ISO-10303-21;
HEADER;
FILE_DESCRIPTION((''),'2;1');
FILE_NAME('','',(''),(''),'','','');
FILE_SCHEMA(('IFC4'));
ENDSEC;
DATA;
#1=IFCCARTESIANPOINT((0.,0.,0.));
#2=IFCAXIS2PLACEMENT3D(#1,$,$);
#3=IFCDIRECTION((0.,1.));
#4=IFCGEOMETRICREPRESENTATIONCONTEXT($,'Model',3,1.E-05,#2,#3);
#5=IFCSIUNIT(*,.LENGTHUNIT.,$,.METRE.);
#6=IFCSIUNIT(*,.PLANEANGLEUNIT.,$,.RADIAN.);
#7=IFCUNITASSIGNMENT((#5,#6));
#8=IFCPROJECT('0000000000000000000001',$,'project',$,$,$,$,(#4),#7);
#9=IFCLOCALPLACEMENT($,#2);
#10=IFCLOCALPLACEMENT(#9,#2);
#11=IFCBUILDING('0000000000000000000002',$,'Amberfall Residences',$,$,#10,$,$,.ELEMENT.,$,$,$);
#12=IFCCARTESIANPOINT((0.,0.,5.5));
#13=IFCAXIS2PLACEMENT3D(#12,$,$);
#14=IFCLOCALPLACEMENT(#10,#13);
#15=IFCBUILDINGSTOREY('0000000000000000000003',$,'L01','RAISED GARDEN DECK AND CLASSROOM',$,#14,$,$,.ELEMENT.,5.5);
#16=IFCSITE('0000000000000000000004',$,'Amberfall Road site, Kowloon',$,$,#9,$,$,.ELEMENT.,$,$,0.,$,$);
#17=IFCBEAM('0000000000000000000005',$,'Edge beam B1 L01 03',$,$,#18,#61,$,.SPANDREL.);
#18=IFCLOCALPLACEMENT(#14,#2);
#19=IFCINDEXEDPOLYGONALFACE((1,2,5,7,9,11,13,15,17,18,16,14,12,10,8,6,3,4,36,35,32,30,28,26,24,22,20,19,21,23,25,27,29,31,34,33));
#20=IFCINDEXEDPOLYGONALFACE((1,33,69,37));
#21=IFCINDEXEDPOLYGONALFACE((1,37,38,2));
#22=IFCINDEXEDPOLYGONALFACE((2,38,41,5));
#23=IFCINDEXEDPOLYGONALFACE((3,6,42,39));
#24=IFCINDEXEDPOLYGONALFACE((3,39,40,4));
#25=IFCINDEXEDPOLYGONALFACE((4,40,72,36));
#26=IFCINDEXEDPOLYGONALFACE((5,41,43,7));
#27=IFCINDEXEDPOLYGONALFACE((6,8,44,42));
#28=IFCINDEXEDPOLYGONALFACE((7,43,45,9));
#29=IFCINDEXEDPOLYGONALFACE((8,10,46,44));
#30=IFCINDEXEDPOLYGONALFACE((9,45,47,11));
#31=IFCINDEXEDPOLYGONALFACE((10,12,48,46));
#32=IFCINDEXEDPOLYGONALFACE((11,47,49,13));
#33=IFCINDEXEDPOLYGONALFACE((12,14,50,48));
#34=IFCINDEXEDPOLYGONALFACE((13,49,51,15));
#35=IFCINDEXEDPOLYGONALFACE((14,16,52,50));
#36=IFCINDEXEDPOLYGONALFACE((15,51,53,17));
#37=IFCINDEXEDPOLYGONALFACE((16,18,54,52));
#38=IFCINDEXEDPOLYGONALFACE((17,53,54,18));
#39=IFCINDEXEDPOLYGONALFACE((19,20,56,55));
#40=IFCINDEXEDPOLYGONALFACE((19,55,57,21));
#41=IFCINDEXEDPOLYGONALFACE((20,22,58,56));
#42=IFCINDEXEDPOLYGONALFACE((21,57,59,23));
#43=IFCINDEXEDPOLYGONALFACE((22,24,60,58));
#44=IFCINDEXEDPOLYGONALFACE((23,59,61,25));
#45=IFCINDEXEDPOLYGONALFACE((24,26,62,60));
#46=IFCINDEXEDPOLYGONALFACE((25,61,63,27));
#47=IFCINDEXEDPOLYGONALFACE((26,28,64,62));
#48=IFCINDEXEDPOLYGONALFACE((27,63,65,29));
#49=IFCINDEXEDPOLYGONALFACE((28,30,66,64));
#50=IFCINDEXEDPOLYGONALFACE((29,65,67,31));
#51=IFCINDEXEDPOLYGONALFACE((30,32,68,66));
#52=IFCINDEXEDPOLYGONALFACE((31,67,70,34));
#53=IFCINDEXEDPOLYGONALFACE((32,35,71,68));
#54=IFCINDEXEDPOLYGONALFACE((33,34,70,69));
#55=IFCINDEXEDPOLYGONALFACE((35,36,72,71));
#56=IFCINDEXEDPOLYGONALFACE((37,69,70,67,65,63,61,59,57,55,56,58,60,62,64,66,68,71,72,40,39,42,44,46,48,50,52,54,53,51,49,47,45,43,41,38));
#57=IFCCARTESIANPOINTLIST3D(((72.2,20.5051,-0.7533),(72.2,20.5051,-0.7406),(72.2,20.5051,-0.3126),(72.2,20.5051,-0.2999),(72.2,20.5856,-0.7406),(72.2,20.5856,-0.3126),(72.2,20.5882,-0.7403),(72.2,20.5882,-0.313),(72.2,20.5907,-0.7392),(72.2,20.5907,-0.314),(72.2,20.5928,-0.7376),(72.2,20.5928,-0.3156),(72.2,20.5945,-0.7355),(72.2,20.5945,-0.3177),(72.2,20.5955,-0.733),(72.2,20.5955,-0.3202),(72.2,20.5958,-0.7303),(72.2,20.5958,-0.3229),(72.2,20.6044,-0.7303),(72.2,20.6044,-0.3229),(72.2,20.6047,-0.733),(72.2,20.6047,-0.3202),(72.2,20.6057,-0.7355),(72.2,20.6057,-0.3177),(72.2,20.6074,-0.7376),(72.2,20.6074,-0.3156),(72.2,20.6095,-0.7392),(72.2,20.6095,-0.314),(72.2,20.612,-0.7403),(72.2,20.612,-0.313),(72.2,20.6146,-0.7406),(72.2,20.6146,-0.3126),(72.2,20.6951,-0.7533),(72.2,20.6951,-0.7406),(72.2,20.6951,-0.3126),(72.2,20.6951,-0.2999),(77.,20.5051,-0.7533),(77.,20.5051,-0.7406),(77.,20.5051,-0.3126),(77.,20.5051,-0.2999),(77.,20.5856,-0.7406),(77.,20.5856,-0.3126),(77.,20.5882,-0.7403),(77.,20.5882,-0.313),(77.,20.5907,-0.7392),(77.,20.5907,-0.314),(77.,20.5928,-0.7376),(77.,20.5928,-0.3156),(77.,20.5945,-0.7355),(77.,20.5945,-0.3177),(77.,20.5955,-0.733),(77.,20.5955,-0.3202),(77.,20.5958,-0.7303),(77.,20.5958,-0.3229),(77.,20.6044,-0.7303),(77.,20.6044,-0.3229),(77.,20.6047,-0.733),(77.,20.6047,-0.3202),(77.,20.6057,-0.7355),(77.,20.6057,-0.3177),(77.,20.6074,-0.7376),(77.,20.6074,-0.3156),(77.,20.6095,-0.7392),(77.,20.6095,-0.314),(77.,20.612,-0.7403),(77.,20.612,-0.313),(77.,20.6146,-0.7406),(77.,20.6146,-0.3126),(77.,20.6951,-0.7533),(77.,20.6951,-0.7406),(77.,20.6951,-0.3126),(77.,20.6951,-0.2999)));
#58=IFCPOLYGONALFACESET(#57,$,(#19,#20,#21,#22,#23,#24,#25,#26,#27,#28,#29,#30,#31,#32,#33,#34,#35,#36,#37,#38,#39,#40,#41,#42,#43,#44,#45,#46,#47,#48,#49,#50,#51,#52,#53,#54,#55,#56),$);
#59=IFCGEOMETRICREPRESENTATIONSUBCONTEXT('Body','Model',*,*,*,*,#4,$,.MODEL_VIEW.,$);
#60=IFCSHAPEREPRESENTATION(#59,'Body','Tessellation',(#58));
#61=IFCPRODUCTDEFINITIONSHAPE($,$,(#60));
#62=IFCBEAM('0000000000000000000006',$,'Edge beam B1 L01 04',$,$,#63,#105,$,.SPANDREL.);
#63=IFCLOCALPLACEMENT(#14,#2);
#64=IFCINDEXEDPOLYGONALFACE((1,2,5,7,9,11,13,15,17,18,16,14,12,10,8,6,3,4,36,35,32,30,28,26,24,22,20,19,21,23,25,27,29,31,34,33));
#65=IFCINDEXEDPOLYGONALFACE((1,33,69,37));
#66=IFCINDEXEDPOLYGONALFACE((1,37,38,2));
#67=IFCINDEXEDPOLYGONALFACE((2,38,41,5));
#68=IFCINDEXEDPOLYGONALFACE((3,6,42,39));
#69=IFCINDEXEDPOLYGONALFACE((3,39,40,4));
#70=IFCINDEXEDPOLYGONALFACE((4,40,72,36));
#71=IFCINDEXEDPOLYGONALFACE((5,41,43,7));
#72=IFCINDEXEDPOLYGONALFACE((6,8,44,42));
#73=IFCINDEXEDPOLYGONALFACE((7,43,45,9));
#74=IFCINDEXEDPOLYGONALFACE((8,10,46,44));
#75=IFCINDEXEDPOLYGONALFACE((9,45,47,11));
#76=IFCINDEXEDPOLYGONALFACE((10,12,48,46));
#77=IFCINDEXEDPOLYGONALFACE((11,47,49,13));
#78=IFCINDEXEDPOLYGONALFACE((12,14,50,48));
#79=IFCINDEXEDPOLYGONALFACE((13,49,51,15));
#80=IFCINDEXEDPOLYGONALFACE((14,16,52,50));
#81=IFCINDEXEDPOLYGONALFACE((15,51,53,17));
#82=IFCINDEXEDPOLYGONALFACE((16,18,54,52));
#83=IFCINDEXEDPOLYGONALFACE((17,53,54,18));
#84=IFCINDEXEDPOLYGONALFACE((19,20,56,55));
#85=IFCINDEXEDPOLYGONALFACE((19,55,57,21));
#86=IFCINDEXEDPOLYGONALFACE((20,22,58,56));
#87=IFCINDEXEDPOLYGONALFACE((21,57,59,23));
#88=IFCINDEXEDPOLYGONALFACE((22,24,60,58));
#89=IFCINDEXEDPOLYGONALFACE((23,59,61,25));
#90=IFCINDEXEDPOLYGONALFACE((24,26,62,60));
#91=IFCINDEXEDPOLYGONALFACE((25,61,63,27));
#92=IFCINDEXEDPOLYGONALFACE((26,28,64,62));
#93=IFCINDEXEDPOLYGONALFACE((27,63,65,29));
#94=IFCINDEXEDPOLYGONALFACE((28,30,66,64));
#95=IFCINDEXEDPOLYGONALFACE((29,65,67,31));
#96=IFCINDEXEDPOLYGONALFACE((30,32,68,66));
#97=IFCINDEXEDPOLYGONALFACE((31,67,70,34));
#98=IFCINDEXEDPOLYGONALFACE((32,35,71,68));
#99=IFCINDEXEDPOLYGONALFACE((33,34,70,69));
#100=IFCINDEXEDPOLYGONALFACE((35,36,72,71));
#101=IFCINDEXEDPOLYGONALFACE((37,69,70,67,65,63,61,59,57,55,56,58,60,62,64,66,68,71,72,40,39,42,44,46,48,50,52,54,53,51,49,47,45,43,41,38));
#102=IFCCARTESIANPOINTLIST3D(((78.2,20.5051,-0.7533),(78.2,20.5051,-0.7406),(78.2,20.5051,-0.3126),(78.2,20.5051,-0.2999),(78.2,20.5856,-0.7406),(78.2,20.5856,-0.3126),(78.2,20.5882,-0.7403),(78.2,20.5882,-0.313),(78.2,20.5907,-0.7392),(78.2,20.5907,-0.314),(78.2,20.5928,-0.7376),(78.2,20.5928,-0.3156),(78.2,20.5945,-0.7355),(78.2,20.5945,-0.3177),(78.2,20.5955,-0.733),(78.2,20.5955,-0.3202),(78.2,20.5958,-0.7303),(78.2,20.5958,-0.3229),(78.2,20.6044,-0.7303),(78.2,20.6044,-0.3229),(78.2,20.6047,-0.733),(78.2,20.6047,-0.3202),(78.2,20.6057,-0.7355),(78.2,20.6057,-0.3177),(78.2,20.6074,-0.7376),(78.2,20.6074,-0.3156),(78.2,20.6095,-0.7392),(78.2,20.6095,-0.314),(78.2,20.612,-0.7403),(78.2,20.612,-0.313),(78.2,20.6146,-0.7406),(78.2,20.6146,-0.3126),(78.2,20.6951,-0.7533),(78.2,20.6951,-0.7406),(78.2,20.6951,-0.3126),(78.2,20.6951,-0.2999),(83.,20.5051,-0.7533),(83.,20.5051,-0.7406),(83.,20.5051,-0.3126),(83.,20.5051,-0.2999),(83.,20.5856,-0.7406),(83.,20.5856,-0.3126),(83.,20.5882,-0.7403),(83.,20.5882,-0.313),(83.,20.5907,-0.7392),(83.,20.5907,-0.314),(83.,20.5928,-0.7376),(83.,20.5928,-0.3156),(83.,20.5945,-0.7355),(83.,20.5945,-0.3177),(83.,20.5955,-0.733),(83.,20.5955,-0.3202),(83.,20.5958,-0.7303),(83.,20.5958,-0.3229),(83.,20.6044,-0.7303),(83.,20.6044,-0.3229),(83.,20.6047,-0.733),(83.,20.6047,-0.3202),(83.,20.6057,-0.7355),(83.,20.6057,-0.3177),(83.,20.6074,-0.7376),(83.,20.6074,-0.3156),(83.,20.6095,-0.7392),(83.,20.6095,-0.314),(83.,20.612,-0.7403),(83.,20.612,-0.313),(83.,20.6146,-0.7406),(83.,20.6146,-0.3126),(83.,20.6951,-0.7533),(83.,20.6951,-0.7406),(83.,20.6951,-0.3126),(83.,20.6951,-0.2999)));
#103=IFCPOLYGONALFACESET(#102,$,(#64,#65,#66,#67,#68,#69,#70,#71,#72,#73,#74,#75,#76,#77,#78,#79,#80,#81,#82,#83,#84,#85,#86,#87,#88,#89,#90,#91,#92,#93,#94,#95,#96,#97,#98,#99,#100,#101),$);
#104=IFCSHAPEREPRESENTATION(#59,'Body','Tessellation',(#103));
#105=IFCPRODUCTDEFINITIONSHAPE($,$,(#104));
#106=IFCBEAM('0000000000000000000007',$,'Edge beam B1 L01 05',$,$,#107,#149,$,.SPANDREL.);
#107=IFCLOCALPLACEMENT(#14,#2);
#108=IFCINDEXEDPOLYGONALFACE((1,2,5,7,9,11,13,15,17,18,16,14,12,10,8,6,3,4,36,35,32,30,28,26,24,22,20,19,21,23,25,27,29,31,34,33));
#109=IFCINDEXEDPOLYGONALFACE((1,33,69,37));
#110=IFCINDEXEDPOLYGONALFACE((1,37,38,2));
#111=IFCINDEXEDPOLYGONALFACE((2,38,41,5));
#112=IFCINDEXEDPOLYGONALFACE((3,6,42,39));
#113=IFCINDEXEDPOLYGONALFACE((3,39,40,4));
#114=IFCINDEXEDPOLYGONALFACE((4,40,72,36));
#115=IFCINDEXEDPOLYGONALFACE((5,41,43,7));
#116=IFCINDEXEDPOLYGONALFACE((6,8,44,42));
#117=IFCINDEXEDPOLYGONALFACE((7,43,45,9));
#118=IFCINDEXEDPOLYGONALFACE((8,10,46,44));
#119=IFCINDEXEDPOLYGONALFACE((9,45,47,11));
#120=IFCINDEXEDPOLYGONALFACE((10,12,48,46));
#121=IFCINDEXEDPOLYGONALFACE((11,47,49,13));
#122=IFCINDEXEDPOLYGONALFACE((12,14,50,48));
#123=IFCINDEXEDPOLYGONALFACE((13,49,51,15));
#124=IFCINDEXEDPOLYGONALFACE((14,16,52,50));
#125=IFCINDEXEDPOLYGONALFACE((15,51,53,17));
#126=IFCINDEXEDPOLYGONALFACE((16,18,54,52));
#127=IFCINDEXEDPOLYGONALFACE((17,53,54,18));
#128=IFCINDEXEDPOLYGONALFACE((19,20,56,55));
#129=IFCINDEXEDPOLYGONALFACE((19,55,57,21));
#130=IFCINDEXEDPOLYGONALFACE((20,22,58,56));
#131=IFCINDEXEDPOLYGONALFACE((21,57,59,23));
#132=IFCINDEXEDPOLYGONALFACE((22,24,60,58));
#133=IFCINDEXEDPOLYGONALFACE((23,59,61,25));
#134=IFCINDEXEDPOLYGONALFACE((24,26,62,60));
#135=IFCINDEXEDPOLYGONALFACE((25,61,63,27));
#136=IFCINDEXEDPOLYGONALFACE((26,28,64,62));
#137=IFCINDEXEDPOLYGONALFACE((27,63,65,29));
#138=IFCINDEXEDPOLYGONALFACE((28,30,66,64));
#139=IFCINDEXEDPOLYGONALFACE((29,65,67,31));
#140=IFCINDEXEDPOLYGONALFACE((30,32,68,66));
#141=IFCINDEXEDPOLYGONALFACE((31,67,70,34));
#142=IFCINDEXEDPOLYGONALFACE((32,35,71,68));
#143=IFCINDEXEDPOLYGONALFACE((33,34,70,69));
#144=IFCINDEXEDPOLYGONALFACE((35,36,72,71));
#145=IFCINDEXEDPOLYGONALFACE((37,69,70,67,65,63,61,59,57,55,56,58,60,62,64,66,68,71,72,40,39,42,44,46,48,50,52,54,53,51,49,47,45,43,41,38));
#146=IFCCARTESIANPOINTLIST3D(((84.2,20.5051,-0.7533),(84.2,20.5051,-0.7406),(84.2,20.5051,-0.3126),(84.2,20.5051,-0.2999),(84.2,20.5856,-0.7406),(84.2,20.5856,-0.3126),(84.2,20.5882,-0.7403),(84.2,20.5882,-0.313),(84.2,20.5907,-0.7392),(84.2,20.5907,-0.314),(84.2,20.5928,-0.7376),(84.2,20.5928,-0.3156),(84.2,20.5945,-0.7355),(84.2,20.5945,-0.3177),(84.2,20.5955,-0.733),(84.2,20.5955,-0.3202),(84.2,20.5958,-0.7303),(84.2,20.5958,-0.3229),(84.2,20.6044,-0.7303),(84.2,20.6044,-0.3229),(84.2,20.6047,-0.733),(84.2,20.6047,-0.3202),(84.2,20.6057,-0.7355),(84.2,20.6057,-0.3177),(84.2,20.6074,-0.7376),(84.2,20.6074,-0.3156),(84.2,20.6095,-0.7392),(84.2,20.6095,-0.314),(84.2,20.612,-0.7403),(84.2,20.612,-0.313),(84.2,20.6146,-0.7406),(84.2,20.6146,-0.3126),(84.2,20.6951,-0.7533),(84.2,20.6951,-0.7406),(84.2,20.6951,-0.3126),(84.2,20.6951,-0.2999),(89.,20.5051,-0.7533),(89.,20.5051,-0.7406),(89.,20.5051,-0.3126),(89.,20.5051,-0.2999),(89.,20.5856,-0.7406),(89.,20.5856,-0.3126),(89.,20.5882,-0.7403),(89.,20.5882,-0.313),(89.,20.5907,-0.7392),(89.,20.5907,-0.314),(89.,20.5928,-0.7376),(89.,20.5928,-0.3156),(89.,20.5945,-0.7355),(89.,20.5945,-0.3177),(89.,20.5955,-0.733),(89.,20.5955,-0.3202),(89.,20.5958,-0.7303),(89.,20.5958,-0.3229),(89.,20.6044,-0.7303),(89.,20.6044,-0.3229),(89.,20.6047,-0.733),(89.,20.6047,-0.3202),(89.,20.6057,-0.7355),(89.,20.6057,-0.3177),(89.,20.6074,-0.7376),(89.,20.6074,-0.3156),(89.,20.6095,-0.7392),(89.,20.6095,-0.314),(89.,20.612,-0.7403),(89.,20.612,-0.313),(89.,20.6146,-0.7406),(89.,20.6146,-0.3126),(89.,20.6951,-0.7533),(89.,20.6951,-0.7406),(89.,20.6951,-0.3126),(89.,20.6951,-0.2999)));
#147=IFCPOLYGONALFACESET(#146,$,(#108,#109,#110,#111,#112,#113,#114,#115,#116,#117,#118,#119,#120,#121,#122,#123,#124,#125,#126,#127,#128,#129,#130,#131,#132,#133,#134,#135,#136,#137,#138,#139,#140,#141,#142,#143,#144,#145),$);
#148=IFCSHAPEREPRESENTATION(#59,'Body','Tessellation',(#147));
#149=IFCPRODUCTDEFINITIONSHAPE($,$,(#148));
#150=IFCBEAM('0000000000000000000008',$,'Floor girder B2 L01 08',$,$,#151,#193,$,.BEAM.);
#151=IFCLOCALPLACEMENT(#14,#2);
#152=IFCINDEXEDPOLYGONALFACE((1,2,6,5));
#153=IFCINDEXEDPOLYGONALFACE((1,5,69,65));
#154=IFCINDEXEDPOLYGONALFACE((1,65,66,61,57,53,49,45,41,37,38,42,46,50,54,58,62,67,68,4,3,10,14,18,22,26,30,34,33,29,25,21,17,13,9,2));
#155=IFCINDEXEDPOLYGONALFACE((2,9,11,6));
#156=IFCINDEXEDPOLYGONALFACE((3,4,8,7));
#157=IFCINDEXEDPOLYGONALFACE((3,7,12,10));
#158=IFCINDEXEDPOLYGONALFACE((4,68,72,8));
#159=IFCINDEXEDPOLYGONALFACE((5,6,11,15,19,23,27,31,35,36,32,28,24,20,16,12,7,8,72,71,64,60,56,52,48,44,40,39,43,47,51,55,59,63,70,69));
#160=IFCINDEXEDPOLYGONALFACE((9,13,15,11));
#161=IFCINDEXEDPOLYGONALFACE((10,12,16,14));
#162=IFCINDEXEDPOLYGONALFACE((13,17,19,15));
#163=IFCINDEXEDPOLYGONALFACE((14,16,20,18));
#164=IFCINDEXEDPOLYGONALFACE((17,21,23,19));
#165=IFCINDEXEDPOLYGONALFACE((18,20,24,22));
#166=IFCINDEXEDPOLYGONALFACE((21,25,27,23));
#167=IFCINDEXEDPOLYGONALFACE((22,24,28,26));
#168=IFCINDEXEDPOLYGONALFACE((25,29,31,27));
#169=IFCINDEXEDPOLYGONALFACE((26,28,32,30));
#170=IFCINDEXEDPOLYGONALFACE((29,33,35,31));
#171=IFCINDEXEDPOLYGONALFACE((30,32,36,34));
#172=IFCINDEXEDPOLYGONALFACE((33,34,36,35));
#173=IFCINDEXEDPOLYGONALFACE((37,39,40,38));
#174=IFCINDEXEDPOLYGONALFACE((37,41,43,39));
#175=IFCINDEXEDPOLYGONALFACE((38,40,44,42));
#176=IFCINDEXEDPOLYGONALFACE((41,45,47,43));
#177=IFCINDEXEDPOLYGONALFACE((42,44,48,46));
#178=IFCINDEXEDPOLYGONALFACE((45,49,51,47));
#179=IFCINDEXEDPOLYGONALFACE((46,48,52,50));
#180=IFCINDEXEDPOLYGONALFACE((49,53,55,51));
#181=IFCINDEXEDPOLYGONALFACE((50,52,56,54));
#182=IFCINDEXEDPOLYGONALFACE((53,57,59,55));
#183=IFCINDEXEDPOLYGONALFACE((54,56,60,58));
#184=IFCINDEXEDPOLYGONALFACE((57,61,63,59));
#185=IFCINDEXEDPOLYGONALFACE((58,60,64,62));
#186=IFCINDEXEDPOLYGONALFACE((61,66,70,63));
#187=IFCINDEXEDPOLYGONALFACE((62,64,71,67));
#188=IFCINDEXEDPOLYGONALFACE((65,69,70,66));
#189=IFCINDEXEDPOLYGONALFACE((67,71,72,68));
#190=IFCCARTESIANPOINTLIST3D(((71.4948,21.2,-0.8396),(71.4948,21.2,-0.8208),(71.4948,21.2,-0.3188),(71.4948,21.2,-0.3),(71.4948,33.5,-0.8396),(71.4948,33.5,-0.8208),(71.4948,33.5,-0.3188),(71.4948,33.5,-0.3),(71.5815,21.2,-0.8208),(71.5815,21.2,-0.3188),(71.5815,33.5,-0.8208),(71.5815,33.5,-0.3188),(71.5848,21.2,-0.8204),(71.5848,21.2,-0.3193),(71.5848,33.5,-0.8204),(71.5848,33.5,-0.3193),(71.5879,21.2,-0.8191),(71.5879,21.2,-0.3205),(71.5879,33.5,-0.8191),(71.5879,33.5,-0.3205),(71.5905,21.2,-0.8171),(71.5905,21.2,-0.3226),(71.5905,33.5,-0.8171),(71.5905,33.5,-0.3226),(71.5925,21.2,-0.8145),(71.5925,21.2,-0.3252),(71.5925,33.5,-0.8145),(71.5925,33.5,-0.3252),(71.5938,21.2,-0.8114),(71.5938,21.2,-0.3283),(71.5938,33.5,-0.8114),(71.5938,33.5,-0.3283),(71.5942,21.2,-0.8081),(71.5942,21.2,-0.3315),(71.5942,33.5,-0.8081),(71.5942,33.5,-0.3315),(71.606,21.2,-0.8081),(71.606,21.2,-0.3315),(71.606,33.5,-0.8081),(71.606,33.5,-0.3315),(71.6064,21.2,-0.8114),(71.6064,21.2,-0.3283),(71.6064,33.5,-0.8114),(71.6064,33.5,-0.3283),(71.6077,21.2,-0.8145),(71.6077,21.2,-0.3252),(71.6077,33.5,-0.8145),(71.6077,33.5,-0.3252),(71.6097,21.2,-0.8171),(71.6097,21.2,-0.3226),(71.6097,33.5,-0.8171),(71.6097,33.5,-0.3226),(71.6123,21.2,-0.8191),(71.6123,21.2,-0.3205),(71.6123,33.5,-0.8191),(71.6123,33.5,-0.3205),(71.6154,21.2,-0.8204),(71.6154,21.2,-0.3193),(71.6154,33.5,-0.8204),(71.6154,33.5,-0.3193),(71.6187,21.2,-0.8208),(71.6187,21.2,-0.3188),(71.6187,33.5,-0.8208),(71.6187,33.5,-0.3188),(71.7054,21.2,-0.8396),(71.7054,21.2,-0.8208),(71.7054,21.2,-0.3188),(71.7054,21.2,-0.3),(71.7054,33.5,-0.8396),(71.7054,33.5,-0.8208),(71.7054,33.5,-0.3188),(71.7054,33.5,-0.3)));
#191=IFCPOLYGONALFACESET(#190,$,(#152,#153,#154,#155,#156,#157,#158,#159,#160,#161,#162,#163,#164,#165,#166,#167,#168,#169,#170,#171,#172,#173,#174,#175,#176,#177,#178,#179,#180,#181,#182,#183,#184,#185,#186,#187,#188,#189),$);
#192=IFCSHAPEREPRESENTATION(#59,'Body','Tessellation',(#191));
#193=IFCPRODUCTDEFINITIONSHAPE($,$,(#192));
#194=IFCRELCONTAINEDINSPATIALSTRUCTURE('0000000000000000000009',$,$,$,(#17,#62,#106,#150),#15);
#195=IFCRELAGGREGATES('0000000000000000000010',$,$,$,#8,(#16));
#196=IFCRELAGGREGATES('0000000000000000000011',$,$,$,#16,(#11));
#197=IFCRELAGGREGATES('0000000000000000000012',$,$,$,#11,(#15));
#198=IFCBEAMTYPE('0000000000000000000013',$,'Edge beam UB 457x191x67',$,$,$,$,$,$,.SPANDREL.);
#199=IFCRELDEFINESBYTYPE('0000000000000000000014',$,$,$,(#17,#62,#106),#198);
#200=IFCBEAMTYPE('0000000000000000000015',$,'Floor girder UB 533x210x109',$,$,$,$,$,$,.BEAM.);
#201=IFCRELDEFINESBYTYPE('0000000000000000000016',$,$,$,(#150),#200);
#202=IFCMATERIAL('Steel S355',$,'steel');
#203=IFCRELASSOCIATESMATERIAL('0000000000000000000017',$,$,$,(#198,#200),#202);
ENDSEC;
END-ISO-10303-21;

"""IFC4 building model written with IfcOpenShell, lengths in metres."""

from ifc_helpers import new_model, si_unit, direction, frame, origin, origin_2d, place, context, subcontext, project, spatial, i_section, extrude, material, material_profile, profile_set, type_object, element, save


model = new_model("IFC4")

# Units and contexts
model_context = context("Model", 3, precision=1e-05, world=origin(), true_north=direction((0.0, 1.0)))
body_context = subcontext(model_context, "Body", "Model", "MODEL_VIEW")
ifc_project = project(units=[si_unit("LENGTHUNIT", "METRE"), si_unit("PLANEANGLEUNIT", "RADIAN")], contexts=[model_context])

# Site, building, storey
site_placement = place(None, origin())
site = spatial("IfcSite", under=ifc_project, at=site_placement, Name="Amberfall Road site, Kowloon", CompositionType="ELEMENT", RefElevation=0.0)
building_placement = place(site_placement, origin())
building = spatial("IfcBuilding", under=site, at=building_placement, Name="Amberfall Residences", CompositionType="ELEMENT")
storey_placement = place(building_placement, frame((0.0, 0.0, 5.5)))
storey = spatial("IfcBuildingStorey", under=building, at=storey_placement, Name="L01", Description="RAISED GARDEN DECK AND CLASSROOM", CompositionType="ELEMENT", Elevation=5.5)

# Beams
ifc_material_1 = material(Name="Steel S355", Category="steel")
ifc_material_profile_1 = material_profile(ifc_material_1, i_section(OverallWidth=0.1899, OverallDepth=0.4534, WebThickness=0.0085, FlangeThickness=0.0127, FilletRadius=0.0103, at=origin_2d()), Name="UB 457x191x67")
ifc_profile_set_1 = profile_set([ifc_material_profile_1], Name="Steel S355")
beam_type_1 = type_object("IfcBeamType", Name="Edge beam UB 457x191x67", PredefinedType="SPANDREL", material=ifc_profile_set_1)
for number, where, z_axis, x_axis, name in (
    (1, (72.2, 20.6001, -0.5266), (1.0, 0.0, 0.0), (0.0, 1.0, 0.0), "Edge beam B1 L01 03"),
    (2, (78.2, 20.6001, -0.5266), (1.0, 0.0, 0.0), (0.0, 1.0, 0.0), "Edge beam B1 L01 04"),
    (3, (84.2, 20.6001, -0.5266), (1.0, 0.0, 0.0), (0.0, 1.0, 0.0), "Edge beam B1 L01 05"),
):
    element("IfcBeam", number, at=place(storey_placement, frame(where, z_axis=z_axis, x_axis=x_axis)), inside=storey, type_object=beam_type_1, Name=name, PredefinedType="SPANDREL", context=body_context, shape_type="SweptSolid", body=[
        extrude(i_section(OverallWidth=0.1899, OverallDepth=0.4534, WebThickness=0.0085, FlangeThickness=0.0127, FilletRadius=0.0103, at=origin_2d()), origin(), (0.0, 0.0, 1.0), 4.8),
    ])
ifc_material_profile_2 = material_profile(ifc_material_1, i_section(OverallWidth=0.2107, OverallDepth=0.5396, WebThickness=0.0117, FlangeThickness=0.0188, FilletRadius=0.0127, at=origin_2d()), Name="UB 533x210x109")
ifc_profile_set_2 = profile_set([ifc_material_profile_2], Name="Steel S355")
beam_type_2 = type_object("IfcBeamType", Name="Floor girder UB 533x210x109", PredefinedType="BEAM", material=ifc_profile_set_2)
for number, where, z_axis, x_axis, name in (
    (4, (71.6001, 21.2, -0.5698), (0.0, 1.0, 0.0), (-1.0, 0.0, 0.0), "Floor girder B2 L01 08"),
):
    element("IfcBeam", number, at=place(storey_placement, frame(where, z_axis=z_axis, x_axis=x_axis)), inside=storey, type_object=beam_type_2, Name=name, PredefinedType="BEAM", context=body_context, shape_type="SweptSolid", body=[
        extrude(i_section(OverallWidth=0.2107, OverallDepth=0.5396, WebThickness=0.0117, FlangeThickness=0.0188, FilletRadius=0.0127, at=origin_2d()), origin(), (0.0, 0.0, 1.0), 12.3),
    ])

save(model, "model.ifc")
